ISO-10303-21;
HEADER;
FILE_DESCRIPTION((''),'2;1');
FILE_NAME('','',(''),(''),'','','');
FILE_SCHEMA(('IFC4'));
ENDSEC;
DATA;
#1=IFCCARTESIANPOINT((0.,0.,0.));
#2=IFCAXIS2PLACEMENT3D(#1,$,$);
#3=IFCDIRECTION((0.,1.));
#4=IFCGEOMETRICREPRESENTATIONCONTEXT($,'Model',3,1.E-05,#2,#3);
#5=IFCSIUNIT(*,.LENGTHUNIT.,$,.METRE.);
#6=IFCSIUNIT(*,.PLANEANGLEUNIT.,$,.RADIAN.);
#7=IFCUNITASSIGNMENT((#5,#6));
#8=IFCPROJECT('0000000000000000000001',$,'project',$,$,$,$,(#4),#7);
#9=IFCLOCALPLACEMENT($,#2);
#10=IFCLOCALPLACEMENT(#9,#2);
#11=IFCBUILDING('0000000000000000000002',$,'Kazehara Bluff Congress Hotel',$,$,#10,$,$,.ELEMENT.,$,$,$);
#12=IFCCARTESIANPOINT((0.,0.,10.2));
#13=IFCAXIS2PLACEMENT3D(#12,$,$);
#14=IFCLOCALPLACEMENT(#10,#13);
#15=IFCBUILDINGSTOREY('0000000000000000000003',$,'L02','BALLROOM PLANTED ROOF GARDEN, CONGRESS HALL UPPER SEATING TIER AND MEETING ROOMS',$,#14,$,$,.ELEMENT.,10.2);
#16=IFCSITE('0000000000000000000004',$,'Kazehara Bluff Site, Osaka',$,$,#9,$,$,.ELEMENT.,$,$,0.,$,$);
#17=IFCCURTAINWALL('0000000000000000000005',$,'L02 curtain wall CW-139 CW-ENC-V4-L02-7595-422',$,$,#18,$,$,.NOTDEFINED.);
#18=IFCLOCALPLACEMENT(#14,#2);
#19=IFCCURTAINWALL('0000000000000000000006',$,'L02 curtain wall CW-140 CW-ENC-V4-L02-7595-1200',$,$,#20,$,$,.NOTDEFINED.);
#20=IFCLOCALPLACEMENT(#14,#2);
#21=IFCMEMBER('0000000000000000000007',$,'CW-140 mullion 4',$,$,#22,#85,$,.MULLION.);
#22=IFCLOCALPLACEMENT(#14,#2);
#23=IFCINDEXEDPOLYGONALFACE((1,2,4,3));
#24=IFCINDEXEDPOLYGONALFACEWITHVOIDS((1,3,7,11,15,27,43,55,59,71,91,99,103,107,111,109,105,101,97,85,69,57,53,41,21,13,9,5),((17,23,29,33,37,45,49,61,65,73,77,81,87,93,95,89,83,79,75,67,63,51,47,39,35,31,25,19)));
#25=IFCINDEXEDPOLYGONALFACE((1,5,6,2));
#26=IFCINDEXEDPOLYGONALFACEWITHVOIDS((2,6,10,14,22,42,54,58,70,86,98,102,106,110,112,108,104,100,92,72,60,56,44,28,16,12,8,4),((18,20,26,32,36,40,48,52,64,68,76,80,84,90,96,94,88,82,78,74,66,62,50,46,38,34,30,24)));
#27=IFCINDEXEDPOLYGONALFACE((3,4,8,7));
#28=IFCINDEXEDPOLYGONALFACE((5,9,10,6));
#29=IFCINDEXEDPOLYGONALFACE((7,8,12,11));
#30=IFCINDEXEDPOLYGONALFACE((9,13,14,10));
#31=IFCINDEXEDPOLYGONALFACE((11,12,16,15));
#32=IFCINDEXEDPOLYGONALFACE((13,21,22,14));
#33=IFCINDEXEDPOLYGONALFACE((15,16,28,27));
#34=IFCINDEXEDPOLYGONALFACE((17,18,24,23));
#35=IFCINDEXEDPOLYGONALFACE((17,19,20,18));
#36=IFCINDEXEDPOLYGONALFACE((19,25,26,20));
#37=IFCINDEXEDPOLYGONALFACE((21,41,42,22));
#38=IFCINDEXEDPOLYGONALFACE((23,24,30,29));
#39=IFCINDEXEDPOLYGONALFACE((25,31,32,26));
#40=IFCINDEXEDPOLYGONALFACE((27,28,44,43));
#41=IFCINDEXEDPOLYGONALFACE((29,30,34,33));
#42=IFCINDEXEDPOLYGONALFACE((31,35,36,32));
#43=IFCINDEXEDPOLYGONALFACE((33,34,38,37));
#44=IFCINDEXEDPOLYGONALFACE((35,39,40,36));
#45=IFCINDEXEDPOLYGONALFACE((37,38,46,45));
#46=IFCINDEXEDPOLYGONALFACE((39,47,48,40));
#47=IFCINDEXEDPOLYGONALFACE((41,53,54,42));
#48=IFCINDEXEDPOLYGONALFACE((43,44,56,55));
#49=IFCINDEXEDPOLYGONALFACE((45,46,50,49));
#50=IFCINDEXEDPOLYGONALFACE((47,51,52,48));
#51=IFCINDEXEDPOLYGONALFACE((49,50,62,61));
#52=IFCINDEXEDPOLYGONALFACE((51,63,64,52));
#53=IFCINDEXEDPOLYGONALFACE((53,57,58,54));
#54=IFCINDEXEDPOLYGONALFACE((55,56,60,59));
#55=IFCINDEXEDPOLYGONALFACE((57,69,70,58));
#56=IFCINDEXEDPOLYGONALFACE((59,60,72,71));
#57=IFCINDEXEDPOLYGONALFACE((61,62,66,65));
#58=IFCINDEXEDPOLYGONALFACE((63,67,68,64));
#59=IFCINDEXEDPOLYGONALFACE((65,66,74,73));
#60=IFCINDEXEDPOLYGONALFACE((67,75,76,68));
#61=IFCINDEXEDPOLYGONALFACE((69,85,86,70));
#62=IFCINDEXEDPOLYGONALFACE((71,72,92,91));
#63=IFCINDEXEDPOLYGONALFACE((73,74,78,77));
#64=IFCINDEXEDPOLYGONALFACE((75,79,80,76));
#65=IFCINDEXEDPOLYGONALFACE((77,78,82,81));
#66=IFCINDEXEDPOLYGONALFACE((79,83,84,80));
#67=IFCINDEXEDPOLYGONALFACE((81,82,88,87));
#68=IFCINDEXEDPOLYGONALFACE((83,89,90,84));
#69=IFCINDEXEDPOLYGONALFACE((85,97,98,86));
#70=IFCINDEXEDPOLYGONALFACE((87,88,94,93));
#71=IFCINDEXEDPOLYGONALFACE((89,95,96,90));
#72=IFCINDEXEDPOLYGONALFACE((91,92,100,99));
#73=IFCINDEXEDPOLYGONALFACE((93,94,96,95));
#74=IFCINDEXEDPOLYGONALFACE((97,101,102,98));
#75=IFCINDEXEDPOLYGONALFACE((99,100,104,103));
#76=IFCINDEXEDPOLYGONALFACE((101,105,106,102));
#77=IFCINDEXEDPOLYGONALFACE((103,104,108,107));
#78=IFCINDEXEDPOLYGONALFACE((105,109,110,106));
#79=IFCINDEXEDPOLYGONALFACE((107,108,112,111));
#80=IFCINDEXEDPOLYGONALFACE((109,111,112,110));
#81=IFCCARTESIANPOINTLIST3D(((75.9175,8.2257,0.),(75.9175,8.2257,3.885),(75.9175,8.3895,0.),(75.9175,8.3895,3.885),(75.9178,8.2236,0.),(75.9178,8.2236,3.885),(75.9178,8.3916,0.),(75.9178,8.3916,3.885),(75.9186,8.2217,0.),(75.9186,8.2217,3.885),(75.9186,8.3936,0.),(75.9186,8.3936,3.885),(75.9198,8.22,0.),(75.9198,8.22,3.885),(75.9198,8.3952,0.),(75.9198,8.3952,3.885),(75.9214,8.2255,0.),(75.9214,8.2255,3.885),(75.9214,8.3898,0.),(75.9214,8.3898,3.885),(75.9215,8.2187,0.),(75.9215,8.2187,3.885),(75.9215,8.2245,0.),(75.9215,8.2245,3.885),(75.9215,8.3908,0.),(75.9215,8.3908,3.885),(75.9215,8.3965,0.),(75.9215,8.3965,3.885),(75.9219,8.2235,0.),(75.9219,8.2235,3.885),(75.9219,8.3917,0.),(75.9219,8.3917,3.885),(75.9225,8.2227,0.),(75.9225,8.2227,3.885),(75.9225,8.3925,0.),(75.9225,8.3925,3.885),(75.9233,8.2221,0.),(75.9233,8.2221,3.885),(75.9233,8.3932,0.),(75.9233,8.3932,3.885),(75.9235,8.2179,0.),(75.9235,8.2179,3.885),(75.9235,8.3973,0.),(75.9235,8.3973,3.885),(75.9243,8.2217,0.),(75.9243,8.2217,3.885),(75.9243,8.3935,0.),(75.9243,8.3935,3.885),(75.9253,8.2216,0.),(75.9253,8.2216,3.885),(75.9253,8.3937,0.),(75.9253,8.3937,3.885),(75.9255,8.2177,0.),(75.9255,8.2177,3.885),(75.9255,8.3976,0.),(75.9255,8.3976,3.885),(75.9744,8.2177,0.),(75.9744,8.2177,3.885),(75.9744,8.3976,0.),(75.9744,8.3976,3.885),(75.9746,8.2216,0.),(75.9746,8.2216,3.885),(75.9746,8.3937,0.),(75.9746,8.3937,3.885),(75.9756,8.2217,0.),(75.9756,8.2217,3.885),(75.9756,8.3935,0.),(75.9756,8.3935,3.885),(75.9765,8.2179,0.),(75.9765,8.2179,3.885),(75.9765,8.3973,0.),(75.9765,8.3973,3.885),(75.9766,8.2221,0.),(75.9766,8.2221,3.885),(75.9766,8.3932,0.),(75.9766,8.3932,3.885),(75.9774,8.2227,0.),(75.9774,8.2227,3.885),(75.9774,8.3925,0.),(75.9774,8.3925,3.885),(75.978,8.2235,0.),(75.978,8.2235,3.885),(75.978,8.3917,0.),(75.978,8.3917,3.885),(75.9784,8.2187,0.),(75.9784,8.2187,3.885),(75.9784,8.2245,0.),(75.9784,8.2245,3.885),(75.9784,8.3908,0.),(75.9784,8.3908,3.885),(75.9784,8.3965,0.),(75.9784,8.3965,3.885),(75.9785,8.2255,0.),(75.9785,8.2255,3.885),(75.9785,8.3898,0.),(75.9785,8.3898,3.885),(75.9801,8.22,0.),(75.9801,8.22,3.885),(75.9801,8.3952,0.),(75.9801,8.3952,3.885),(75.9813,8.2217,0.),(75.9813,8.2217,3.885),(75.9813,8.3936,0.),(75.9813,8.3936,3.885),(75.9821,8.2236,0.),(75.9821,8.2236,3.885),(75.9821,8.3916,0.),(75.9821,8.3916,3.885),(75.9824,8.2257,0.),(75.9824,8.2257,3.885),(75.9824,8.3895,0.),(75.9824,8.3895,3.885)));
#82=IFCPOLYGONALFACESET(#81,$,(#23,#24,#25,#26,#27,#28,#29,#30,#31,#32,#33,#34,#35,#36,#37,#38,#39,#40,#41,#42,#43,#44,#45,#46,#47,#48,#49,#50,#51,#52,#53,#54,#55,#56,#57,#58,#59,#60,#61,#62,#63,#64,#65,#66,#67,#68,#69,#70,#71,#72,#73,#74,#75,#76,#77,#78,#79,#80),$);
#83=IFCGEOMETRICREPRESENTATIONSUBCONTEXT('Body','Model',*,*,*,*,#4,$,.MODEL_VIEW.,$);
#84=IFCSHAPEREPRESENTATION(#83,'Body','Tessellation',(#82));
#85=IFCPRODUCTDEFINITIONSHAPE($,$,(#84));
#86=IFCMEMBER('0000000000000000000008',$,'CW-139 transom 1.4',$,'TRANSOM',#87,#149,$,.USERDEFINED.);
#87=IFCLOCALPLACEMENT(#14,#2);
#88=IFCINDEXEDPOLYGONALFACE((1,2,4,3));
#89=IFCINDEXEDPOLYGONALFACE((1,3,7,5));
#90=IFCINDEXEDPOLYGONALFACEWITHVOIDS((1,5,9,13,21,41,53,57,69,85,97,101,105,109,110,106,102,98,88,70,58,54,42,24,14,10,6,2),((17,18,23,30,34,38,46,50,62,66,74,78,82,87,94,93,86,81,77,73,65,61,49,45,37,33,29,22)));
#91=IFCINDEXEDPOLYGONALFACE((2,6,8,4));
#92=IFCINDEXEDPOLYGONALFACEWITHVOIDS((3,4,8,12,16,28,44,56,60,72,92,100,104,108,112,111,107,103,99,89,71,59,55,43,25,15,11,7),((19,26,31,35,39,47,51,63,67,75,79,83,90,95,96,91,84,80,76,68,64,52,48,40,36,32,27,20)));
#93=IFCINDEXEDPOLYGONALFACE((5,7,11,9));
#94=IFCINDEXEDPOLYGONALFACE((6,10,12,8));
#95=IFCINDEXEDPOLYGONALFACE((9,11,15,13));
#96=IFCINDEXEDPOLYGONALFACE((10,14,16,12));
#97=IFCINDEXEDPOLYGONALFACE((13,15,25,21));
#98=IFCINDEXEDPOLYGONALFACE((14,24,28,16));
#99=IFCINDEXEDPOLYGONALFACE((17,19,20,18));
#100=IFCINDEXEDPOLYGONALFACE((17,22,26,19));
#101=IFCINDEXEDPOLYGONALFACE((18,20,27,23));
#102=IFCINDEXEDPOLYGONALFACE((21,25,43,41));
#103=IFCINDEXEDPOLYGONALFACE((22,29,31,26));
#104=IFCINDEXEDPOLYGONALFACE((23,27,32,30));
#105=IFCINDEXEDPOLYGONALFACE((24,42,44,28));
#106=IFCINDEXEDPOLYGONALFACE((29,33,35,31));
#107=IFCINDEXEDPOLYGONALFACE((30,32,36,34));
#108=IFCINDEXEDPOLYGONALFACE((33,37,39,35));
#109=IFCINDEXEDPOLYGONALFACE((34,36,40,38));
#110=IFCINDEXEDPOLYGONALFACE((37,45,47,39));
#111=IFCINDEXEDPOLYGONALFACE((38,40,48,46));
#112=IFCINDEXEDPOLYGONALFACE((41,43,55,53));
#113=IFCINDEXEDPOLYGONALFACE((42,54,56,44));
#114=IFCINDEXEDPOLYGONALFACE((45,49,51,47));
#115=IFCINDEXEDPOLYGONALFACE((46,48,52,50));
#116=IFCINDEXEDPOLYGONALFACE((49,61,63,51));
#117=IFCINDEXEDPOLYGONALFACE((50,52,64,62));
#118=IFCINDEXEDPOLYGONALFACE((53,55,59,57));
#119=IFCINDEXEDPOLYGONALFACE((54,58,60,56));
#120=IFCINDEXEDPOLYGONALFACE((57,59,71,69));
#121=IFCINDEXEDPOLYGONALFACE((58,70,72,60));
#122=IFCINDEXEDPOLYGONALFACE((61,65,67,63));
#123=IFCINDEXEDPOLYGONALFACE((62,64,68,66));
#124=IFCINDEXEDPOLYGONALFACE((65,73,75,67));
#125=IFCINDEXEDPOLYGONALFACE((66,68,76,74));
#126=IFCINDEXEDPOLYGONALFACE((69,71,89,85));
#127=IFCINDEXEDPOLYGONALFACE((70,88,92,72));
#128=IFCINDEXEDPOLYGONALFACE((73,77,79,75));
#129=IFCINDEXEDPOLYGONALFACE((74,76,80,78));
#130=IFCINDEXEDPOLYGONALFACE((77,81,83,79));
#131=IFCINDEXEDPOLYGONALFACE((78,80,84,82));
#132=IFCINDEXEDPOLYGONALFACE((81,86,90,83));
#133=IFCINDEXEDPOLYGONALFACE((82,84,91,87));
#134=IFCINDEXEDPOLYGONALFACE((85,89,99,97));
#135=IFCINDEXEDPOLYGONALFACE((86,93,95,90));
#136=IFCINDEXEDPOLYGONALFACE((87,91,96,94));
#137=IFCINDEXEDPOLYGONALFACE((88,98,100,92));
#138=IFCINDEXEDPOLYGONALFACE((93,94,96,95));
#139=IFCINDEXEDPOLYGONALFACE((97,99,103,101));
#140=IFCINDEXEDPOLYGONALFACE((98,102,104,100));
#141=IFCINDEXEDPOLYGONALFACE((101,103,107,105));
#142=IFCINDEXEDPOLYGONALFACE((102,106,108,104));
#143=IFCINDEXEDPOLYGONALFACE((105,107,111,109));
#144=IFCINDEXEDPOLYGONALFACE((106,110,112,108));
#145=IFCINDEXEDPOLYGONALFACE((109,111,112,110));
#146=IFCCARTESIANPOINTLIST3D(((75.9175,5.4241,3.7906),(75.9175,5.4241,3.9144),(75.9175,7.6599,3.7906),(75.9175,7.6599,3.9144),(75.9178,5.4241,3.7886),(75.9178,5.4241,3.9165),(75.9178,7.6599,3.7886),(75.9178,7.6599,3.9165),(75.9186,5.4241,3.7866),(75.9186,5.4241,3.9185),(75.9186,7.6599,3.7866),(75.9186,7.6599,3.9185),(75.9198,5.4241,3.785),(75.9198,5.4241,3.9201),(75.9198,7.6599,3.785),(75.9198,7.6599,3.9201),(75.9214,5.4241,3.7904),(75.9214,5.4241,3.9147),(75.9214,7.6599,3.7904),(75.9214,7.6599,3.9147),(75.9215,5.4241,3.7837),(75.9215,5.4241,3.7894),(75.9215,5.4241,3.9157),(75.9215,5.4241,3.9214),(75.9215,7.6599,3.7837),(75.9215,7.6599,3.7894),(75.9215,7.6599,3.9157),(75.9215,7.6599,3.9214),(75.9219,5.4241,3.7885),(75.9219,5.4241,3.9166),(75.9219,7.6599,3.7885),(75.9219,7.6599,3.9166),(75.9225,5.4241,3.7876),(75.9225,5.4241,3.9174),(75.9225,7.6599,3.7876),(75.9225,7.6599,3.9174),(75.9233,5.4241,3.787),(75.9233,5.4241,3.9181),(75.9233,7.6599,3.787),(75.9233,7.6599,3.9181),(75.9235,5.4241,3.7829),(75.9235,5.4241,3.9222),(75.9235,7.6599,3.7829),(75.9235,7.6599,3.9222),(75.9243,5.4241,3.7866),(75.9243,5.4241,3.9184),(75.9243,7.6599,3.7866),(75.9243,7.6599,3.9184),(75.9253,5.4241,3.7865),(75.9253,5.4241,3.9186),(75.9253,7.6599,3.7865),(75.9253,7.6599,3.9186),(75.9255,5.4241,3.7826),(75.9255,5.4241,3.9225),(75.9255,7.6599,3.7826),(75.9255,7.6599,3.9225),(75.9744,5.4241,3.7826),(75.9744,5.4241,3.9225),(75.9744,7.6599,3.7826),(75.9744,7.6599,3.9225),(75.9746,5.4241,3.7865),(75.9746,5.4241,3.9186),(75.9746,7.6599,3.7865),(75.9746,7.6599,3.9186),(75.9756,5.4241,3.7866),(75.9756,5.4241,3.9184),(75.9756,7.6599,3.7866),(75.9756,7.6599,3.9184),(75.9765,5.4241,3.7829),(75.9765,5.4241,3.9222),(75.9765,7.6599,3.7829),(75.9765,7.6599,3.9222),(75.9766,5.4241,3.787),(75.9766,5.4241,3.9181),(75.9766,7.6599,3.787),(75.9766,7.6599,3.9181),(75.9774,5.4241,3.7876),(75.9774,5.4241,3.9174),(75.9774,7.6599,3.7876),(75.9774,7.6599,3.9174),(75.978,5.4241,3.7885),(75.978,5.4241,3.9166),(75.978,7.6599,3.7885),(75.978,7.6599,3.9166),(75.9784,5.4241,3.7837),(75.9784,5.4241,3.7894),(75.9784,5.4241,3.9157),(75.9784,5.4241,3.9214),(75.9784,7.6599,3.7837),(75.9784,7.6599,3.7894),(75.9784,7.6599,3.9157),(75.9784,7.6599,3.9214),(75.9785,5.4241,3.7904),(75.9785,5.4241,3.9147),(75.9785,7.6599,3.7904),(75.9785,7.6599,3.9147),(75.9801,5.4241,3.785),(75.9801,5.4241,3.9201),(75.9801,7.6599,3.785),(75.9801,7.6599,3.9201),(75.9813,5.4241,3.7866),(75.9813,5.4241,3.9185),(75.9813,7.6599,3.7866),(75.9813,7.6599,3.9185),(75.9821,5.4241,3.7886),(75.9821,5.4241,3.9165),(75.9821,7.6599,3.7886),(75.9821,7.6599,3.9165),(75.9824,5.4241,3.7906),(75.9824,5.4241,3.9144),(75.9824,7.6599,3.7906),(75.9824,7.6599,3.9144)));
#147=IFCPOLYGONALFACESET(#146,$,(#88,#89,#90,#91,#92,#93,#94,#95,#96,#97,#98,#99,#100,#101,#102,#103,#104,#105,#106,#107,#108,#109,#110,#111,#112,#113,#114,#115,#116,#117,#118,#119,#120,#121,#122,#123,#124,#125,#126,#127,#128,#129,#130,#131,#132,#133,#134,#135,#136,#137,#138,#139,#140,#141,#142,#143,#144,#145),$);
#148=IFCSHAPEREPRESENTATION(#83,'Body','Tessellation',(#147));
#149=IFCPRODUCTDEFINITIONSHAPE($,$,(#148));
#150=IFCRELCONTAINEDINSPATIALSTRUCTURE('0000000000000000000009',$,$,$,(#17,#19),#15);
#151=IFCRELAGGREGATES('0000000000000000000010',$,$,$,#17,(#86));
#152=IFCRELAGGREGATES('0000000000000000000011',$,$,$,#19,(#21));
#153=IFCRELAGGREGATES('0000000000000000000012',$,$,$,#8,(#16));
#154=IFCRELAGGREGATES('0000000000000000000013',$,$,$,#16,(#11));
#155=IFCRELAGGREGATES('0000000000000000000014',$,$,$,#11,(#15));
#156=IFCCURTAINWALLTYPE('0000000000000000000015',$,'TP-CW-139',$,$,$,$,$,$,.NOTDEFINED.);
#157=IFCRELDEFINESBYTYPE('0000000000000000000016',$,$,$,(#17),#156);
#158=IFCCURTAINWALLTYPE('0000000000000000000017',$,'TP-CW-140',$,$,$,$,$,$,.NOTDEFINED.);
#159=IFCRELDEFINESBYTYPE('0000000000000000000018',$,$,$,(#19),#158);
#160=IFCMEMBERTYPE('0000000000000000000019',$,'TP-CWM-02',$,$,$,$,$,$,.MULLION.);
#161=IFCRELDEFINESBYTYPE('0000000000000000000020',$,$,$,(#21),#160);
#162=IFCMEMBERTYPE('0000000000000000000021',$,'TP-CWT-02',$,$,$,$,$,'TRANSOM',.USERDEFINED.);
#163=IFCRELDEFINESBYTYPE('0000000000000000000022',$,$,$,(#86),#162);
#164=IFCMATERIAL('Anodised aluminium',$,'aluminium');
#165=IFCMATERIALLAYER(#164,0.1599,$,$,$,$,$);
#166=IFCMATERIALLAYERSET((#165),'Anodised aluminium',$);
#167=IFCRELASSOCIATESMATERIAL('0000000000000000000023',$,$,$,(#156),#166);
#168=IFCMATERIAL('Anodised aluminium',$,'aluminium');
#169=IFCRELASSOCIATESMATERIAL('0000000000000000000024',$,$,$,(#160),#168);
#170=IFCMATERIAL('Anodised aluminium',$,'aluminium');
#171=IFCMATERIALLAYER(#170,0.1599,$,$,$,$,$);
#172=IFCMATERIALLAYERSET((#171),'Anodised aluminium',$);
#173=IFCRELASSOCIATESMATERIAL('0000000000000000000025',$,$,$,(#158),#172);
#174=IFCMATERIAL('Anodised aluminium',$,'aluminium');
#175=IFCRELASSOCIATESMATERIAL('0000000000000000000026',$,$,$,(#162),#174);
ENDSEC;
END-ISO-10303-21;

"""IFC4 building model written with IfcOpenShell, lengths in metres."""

from ifc_helpers import new_model, si_unit, direction, frame, origin, origin_2d, place, context, subcontext, project, spatial, hollow_rectangle, extrude, material, layer, layer_set, material_profile, profile_set, type_object, element, aggregate, save


model = new_model("IFC4")

# Units and contexts
model_context = context("Model", 3, precision=1e-05, world=origin(), true_north=direction((0.0, 1.0)))
body_context = subcontext(model_context, "Body", "Model", "MODEL_VIEW")
ifc_project = project(units=[si_unit("LENGTHUNIT", "METRE"), si_unit("PLANEANGLEUNIT", "RADIAN")], contexts=[model_context])

# Site, building, storey
site_placement = place(None, origin())
site = spatial("IfcSite", under=ifc_project, at=site_placement, Name="Kazehara Bluff Site, Osaka", CompositionType="ELEMENT", RefElevation=0.0)
building_placement = place(site_placement, origin())
building = spatial("IfcBuilding", under=site, at=building_placement, Name="Kazehara Bluff Congress Hotel", CompositionType="ELEMENT")
storey_placement = place(building_placement, frame((0.0, 0.0, 10.2)))
storey = spatial("IfcBuildingStorey", under=building, at=storey_placement, Name="L02", Description="BALLROOM PLANTED ROOF GARDEN, CONGRESS HALL UPPER SEATING TIER AND MEETING ROOMS", CompositionType="ELEMENT", Elevation=10.2)

# Curtain wall
ifc_material_1 = material(Name="Anodised aluminium", Category="aluminium")
ifc_layer_1 = layer(ifc_material_1, 0.1599)
ifc_layer_set_1 = layer_set([ifc_layer_1], Name="Anodised aluminium")
curtain_wall_type_1 = type_object("IfcCurtainWallType", Name="TP-CW-139", PredefinedType="NOTDEFINED", material=ifc_layer_set_1)
curtain_wall_1_placement = place(storey_placement, origin())
curtain_wall_1 = element("IfcCurtainWall", 1, at=curtain_wall_1_placement, inside=storey, type_object=curtain_wall_type_1, Name="L02 curtain wall CW-139 CW-ENC-V4-L02-7595-422", PredefinedType="NOTDEFINED")
ifc_material_2 = material(Name="Anodised aluminium", Category="aluminium")
ifc_material_profile_1 = material_profile(ifc_material_2, hollow_rectangle(XDim=0.0649, YDim=0.1799, WallThickness=0.0039, InnerFilletRadius=0.0039, OuterFilletRadius=0.0081, at=origin_2d()))
ifc_profile_set_1 = profile_set([ifc_material_profile_1], Name="Anodised aluminium")
member_type_1 = type_object("IfcMemberType", Name="TP-CWM-02", PredefinedType="MULLION", material=ifc_profile_set_1)

# Curtain wall, member
ifc_material_3 = material(Name="Anodised aluminium", Category="aluminium")
ifc_layer_2 = layer(ifc_material_3, 0.1599)
ifc_layer_set_2 = layer_set([ifc_layer_2], Name="Anodised aluminium")
curtain_wall_type_2 = type_object("IfcCurtainWallType", Name="TP-CW-140", PredefinedType="NOTDEFINED", material=ifc_layer_set_2)
curtain_wall_2_placement = place(storey_placement, origin())
curtain_wall_2 = element("IfcCurtainWall", 2, at=curtain_wall_2_placement, inside=storey, type_object=curtain_wall_type_2, Name="L02 curtain wall CW-140 CW-ENC-V4-L02-7595-1200", PredefinedType="NOTDEFINED")
member_1_placement = place(storey_placement, frame((75.95, 8.3076, 0.0), z_axis=(0.0, 0.0, 1.0), x_axis=(1.0, 0.0, 0.0)))
member_1 = element("IfcMember", 3, at=member_1_placement, type_object=member_type_1, Name="CW-140 mullion 4", PredefinedType="MULLION", context=body_context, shape_type="SweptSolid", body=[
    extrude(hollow_rectangle(XDim=0.0649, YDim=0.1799, WallThickness=0.0039, InnerFilletRadius=0.0039, OuterFilletRadius=0.0081, at=origin_2d()), origin(), (0.0, 0.0, 1.0), 3.885),
])

# Member
ifc_material_4 = material(Name="Anodised aluminium", Category="aluminium")
ifc_material_profile_2 = material_profile(ifc_material_4, hollow_rectangle(XDim=0.0649, YDim=0.1399, WallThickness=0.0039, InnerFilletRadius=0.0039, OuterFilletRadius=0.0081, at=origin_2d()))
ifc_profile_set_2 = profile_set([ifc_material_profile_2], Name="Anodised aluminium")
member_type_2 = type_object("IfcMemberType", Name="TP-CWT-02", ElementType="TRANSOM", PredefinedType="USERDEFINED", material=ifc_profile_set_2)
member_2_placement = place(storey_placement, frame((75.95, 7.6599, 3.8525), z_axis=(0.0, -1.0, 0.0), x_axis=(1.0, 0.0, 0.0)))
member_2 = element("IfcMember", 4, at=member_2_placement, type_object=member_type_2, Name="CW-139 transom 1.4", ObjectType="TRANSOM", PredefinedType="USERDEFINED", context=body_context, shape_type="SweptSolid", body=[
    extrude(hollow_rectangle(XDim=0.0649, YDim=0.1399, WallThickness=0.0039, InnerFilletRadius=0.0039, OuterFilletRadius=0.0081, at=origin_2d()), origin(), (0.0, 0.0, 1.0), 2.2358),
])
aggregate(curtain_wall_1, [member_2])

aggregate(curtain_wall_2, [member_1])

save(model, "model.ifc")
